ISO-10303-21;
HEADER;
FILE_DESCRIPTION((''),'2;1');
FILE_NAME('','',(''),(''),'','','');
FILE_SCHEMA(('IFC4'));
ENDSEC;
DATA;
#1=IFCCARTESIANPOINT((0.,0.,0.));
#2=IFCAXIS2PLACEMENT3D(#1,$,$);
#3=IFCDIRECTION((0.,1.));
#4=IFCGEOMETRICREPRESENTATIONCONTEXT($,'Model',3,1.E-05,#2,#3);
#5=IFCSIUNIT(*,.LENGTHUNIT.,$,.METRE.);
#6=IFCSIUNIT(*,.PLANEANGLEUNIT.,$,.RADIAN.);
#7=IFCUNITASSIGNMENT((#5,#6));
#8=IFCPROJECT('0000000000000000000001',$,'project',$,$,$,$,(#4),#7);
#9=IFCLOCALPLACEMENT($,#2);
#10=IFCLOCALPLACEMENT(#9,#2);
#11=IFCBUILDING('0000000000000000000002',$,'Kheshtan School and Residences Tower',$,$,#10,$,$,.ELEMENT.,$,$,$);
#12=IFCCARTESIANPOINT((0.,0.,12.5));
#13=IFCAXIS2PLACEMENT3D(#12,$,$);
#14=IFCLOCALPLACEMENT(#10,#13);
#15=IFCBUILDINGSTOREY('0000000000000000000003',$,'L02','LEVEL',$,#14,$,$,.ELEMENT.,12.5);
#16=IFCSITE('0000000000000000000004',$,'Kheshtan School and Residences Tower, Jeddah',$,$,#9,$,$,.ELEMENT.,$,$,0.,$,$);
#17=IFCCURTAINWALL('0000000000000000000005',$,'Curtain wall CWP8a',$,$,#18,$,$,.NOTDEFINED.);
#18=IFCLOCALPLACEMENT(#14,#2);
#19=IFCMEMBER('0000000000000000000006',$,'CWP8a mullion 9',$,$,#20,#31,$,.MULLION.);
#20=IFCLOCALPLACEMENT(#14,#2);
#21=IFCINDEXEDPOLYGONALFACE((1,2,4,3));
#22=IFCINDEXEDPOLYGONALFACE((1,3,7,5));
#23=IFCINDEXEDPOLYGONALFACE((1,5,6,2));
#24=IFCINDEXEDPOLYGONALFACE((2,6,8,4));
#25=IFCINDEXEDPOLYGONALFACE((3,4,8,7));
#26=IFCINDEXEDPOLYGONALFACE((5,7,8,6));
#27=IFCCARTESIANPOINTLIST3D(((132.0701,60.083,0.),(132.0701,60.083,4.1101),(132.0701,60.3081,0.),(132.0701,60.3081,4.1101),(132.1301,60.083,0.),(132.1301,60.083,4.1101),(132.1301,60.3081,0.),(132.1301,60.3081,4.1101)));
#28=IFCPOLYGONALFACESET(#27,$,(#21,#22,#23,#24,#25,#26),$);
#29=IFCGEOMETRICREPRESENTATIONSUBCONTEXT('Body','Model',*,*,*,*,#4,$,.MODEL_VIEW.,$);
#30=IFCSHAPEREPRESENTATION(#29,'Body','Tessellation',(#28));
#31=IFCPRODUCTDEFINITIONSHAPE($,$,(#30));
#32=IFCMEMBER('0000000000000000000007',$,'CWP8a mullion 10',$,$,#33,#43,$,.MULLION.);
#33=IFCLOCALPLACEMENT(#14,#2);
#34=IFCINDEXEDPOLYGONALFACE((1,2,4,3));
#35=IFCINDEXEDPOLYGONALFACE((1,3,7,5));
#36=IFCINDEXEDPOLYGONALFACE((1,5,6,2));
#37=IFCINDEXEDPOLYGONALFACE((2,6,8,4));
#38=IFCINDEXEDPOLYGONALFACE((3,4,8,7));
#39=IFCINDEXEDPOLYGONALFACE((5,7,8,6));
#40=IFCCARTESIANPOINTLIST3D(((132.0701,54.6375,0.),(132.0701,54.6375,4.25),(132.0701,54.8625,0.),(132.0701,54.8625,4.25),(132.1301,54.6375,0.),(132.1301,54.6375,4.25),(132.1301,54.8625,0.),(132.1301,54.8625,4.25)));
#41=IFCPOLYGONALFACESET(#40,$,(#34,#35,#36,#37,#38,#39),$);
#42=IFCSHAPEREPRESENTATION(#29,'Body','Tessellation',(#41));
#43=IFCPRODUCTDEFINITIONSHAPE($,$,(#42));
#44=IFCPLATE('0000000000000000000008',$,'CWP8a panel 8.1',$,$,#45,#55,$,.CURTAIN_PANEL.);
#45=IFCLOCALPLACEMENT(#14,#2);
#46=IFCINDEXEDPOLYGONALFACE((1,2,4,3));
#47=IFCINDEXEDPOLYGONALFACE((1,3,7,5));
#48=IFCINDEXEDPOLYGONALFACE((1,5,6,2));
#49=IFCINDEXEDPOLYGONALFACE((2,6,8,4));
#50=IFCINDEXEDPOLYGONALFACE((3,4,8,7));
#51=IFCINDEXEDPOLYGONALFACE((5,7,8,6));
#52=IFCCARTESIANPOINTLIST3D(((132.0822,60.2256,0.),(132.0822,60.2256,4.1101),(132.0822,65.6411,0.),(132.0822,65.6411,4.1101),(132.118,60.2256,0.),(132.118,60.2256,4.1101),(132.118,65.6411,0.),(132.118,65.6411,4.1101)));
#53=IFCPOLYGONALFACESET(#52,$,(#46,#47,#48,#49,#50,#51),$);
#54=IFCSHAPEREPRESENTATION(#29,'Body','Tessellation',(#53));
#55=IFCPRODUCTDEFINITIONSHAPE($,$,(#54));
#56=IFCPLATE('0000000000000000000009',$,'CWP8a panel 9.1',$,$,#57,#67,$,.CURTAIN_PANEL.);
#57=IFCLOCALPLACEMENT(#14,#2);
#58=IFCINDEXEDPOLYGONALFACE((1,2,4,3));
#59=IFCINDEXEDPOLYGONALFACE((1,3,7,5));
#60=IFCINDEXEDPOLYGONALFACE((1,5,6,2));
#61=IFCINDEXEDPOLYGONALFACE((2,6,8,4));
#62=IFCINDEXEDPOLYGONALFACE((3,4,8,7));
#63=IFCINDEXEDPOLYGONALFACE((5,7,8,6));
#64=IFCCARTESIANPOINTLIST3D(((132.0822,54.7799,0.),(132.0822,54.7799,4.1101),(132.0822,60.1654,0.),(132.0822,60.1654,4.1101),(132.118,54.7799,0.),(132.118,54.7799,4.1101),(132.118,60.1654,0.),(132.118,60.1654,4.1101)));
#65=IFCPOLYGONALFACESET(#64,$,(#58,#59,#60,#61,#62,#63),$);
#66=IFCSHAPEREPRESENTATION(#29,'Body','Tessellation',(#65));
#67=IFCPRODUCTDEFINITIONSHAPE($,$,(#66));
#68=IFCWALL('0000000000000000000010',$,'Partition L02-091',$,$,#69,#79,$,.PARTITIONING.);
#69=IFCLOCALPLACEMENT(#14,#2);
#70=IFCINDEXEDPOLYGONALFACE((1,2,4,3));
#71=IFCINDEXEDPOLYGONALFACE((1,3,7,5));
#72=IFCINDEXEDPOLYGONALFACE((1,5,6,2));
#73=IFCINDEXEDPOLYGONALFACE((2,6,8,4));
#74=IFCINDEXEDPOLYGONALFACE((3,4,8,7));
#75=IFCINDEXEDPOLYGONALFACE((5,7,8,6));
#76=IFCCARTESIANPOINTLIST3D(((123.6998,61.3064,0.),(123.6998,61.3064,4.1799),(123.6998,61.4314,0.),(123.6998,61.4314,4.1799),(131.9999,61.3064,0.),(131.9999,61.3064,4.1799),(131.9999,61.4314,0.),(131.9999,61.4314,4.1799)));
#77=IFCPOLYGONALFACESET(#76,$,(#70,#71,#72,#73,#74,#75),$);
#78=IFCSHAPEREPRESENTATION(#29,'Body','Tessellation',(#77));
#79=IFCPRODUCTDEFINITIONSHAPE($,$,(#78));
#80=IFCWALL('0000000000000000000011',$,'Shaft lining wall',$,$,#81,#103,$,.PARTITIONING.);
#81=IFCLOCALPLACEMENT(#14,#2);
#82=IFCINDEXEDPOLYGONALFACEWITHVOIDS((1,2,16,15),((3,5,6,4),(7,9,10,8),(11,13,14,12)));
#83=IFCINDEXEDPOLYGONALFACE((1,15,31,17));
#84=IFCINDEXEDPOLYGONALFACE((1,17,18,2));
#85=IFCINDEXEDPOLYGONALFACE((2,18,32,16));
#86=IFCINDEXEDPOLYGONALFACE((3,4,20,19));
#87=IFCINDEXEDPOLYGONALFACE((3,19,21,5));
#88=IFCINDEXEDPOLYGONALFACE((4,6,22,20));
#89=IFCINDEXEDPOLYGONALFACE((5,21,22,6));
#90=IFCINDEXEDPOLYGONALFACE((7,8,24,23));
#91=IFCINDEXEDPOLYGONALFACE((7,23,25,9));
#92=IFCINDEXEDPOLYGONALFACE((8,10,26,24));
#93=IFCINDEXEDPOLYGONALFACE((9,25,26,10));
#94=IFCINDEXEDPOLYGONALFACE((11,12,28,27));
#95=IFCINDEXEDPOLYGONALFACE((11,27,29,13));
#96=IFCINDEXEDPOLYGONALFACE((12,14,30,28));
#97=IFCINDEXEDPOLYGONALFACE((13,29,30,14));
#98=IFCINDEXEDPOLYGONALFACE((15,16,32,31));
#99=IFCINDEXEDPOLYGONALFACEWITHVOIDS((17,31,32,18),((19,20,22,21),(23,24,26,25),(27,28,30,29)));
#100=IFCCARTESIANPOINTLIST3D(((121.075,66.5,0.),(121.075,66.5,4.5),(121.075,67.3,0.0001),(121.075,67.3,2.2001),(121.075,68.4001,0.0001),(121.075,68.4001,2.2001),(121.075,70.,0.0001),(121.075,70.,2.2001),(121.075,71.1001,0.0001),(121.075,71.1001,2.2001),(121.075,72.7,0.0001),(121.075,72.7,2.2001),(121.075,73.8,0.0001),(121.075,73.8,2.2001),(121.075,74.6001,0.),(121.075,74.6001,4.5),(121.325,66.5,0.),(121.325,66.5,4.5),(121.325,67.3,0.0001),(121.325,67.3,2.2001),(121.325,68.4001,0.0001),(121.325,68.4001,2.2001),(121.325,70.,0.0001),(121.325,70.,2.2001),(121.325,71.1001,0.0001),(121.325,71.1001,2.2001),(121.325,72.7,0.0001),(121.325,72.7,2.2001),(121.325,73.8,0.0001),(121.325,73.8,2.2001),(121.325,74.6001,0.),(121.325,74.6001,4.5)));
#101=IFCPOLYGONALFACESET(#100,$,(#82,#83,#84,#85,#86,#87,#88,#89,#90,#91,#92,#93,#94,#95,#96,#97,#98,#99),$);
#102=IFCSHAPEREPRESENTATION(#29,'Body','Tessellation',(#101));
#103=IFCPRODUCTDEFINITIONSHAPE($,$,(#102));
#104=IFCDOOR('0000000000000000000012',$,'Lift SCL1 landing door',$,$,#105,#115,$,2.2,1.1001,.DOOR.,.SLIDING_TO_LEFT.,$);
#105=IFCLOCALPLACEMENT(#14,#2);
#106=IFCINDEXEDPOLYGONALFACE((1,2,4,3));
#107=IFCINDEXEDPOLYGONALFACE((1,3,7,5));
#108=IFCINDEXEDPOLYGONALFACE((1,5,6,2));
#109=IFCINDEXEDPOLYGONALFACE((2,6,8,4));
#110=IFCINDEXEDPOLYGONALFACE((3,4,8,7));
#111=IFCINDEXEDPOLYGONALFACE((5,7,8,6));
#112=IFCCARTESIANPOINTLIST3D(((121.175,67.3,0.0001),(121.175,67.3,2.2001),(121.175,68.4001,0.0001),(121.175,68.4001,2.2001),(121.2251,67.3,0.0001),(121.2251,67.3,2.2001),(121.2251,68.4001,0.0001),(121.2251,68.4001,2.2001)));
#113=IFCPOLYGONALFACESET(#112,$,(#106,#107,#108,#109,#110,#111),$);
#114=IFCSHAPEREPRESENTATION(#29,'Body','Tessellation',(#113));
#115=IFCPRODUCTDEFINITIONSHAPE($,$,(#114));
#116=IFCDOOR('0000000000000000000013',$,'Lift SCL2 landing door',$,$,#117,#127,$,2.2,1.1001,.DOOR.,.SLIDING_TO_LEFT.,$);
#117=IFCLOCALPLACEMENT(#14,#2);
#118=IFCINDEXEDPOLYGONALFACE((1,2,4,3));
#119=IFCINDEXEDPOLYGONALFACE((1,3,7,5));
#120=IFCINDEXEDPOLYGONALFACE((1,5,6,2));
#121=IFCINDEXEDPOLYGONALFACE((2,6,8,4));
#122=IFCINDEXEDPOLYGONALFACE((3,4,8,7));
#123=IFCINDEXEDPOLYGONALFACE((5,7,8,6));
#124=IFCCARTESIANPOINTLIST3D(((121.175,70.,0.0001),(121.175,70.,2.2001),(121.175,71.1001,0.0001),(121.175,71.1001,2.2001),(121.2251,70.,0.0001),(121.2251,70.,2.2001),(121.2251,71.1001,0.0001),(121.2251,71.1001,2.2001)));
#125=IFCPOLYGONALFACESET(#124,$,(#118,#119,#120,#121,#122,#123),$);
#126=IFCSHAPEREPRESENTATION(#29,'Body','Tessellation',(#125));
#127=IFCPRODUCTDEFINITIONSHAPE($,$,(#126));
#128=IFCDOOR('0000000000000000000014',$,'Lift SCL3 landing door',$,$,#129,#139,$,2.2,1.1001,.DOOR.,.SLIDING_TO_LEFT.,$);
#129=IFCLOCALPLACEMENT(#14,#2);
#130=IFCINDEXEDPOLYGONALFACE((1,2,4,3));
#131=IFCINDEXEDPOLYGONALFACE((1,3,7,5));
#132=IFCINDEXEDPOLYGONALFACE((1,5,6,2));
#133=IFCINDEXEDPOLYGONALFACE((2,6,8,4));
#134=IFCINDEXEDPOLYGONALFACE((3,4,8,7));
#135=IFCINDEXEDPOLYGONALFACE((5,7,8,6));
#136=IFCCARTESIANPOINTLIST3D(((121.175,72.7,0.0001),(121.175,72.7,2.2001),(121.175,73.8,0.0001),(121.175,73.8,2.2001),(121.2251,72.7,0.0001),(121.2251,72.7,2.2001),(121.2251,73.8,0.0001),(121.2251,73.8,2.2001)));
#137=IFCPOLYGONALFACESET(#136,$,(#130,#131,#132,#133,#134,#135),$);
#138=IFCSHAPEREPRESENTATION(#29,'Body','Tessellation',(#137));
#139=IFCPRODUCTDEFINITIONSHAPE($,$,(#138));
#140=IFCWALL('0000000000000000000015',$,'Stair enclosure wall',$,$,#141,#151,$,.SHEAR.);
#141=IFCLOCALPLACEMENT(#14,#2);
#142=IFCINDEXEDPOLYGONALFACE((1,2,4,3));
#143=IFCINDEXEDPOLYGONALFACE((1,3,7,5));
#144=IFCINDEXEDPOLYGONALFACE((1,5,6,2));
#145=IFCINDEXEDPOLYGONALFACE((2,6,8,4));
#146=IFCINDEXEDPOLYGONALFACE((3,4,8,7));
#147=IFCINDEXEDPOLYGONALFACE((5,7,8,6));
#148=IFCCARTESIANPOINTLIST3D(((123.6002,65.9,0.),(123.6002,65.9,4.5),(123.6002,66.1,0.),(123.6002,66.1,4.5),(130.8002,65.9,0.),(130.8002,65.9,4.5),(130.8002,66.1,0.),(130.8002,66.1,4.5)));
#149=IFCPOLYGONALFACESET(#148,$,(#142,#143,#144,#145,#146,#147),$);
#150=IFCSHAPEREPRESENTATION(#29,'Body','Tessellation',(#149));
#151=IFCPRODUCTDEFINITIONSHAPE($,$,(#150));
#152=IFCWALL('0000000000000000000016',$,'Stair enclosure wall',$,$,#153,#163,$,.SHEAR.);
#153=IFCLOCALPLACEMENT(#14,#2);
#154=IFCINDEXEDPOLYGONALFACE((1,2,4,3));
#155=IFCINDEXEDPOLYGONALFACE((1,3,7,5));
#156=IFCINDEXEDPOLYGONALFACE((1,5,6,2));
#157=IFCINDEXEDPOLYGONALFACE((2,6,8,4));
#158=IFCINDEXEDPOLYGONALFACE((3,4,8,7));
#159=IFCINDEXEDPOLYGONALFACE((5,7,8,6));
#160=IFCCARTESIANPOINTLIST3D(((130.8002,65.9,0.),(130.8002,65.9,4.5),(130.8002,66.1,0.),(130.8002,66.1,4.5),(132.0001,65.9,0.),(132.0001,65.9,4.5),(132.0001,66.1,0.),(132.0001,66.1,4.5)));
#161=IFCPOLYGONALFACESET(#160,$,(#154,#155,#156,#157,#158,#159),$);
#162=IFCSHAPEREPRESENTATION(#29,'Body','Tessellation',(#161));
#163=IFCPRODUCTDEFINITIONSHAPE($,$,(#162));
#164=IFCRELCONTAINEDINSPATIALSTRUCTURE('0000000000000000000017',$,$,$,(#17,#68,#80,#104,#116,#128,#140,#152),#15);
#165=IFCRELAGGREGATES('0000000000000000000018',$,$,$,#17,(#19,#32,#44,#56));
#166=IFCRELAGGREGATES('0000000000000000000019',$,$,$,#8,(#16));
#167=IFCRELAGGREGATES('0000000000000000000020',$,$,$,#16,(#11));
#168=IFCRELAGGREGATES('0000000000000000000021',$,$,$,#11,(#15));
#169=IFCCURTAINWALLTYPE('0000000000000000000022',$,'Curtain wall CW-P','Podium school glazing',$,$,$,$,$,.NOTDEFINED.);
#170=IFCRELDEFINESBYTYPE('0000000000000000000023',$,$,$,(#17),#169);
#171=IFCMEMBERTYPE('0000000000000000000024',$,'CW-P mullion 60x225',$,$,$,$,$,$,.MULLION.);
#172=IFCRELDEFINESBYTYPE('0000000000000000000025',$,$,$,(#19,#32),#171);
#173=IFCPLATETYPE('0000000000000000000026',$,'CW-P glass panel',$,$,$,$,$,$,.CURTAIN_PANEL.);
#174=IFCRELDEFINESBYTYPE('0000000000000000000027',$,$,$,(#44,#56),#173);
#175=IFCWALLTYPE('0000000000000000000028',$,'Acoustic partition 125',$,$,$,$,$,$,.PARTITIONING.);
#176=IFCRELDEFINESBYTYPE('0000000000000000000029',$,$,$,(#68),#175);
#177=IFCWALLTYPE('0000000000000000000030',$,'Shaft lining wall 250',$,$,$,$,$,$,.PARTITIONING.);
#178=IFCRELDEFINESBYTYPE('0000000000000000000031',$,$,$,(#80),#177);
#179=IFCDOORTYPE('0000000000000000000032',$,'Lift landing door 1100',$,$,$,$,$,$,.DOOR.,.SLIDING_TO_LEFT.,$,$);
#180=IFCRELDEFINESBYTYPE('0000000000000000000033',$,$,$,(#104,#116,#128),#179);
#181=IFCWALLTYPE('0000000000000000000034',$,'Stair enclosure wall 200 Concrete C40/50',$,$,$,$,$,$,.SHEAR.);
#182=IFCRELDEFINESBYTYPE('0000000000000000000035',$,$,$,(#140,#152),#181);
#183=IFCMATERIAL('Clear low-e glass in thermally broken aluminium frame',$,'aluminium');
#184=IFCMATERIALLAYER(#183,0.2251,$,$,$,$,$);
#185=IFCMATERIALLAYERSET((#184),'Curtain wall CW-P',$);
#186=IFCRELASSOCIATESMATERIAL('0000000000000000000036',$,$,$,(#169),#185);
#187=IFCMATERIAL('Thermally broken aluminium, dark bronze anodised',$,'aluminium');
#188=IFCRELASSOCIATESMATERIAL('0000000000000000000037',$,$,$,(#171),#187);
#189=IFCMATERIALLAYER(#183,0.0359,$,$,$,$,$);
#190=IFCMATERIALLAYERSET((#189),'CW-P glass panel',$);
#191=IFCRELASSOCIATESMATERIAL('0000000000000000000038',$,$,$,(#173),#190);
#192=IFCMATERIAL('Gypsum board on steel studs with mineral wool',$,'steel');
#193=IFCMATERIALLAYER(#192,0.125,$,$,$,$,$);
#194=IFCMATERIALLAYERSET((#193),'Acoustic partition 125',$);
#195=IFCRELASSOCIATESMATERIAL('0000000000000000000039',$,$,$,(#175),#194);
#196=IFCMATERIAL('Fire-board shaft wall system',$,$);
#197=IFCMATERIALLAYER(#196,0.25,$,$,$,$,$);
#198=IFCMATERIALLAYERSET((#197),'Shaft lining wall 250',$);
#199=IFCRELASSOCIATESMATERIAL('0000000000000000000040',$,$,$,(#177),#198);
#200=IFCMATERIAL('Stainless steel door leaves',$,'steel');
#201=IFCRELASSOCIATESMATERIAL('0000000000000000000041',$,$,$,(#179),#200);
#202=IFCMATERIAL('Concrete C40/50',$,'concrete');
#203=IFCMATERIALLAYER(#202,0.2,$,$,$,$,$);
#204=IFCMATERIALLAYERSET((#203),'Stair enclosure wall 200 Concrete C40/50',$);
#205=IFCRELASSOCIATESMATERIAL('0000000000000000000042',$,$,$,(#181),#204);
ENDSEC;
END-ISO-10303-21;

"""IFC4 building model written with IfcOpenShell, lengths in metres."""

from ifc_helpers import new_model, si_unit, direction, frame, frame_2d, origin, origin_2d, place, context, subcontext, project, spatial, rectangle, extrude, source, transform, mapped, material, layer, layer_set, material_profile, profile_set, type_object, element, fill, aggregate, save


model = new_model("IFC4")

# Units and contexts
model_context = context("Model", 3, precision=1e-05, world=origin(), true_north=direction((0.0, 1.0)))
body_context = subcontext(model_context, "Body", "Model", "MODEL_VIEW")
ifc_project = project(units=[si_unit("LENGTHUNIT", "METRE"), si_unit("PLANEANGLEUNIT", "RADIAN")], contexts=[model_context])

# Site, building, storey
site_placement = place(None, origin())
site = spatial("IfcSite", under=ifc_project, at=site_placement, Name="Kheshtan School and Residences Tower, Jeddah", CompositionType="ELEMENT", RefElevation=0.0)
building_placement = place(site_placement, origin())
building = spatial("IfcBuilding", under=site, at=building_placement, Name="Kheshtan School and Residences Tower", CompositionType="ELEMENT")
storey_placement = place(building_placement, frame((0.0, 0.0, 12.5)))
storey = spatial("IfcBuildingStorey", under=building, at=storey_placement, Name="L02", Description="LEVEL", CompositionType="ELEMENT", Elevation=12.5)

# Curtain wall, members, plates
ifc_material_1 = material(Name="Clear low-e glass in thermally broken aluminium frame", Category="aluminium")
ifc_layer_1 = layer(ifc_material_1, 0.2251)
ifc_layer_set_1 = layer_set([ifc_layer_1], Name="Curtain wall CW-P")
curtain_wall_type = type_object("IfcCurtainWallType", Name="Curtain wall CW-P", Description="Podium school glazing", PredefinedType="NOTDEFINED", material=ifc_layer_set_1)
curtain_wall_placement = place(storey_placement, origin())
curtain_wall = element("IfcCurtainWall", 1, at=curtain_wall_placement, inside=storey, type_object=curtain_wall_type, Name="Curtain wall CWP8a", PredefinedType="NOTDEFINED")
ifc_material_2 = material(Name="Thermally broken aluminium, dark bronze anodised", Category="aluminium")
ifc_material_profile_1 = material_profile(ifc_material_2, rectangle(XDim=0.0601, YDim=0.2251, at=origin_2d()), Name="CW-P mullion 60x225")
ifc_profile_set_1 = profile_set([ifc_material_profile_1], Name="Thermally broken aluminium, dark bronze anodised")
member_type = type_object("IfcMemberType", Name="CW-P mullion 60x225", PredefinedType="MULLION", material=ifc_profile_set_1)
member_1_placement = place(storey_placement, frame((132.1001, 60.1956, 0.0), z_axis=(0.0, 0.0, 1.0), x_axis=(1.0, 0.0, 0.0)))
member_1 = element("IfcMember", 2, at=member_1_placement, type_object=member_type, Name="CWP8a mullion 9", PredefinedType="MULLION", context=body_context, shape_type="SweptSolid", body=[
    extrude(rectangle(XDim=0.0601, YDim=0.2251, at=origin_2d()), origin(), (0.0, 0.0, 1.0), 4.1101),
])
member_2_placement = place(storey_placement, frame((132.1001, 54.75, 0.0), z_axis=(0.0, 0.0, 1.0), x_axis=(1.0, 0.0, 0.0)))
member_2 = element("IfcMember", 3, at=member_2_placement, type_object=member_type, Name="CWP8a mullion 10", PredefinedType="MULLION", context=body_context, shape_type="SweptSolid", body=[
    extrude(rectangle(XDim=0.0601, YDim=0.2251, at=origin_2d()), origin(), (0.0, 0.0, 1.0), 4.25),
])
ifc_layer_2 = layer(ifc_material_1, 0.0359)
ifc_layer_set_2 = layer_set([ifc_layer_2], Name="CW-P glass panel")
plate_type = type_object("IfcPlateType", Name="CW-P glass panel", PredefinedType="CURTAIN_PANEL", material=ifc_layer_set_2)
plate_1_placement = place(storey_placement, frame((132.1001, 62.9333, 0.0), z_axis=(0.0, 0.0, 1.0), x_axis=(0.0, -1.0, 0.0)))
plate_1 = element("IfcPlate", 4, at=plate_1_placement, type_object=plate_type, Name="CWP8a panel 8.1", PredefinedType="CURTAIN_PANEL", context=body_context, shape_type="SweptSolid", body=[
    extrude(rectangle(XDim=5.4155, YDim=0.0359, at=origin_2d()), origin(), (0.0, 0.0, 1.0), 4.1101),
])
plate_2_placement = place(storey_placement, frame((132.1001, 57.4727, 0.0), z_axis=(0.0, 0.0, 1.0), x_axis=(0.0, -1.0, 0.0)))
plate_2 = element("IfcPlate", 5, at=plate_2_placement, type_object=plate_type, Name="CWP8a panel 9.1", PredefinedType="CURTAIN_PANEL", context=body_context, shape_type="SweptSolid", body=[
    extrude(rectangle(XDim=5.3855, YDim=0.0359, at=origin_2d()), origin(), (0.0, 0.0, 1.0), 4.1101),
])
aggregate(curtain_wall, [member_1, member_2, plate_1, plate_2])

# Wall
ifc_material_3 = material(Name="Gypsum board on steel studs with mineral wool", Category="steel")
ifc_layer_3 = layer(ifc_material_3, 0.125)
ifc_layer_set_3 = layer_set([ifc_layer_3], Name="Acoustic partition 125")
wall_type_1 = type_object("IfcWallType", Name="Acoustic partition 125", PredefinedType="PARTITIONING", material=ifc_layer_set_3)
wall_1_placement = place(storey_placement, frame((123.7, 61.3689, 0.0), z_axis=(0.0, 0.0, 1.0), x_axis=(1.0, 0.0, 0.0)))
element("IfcWall", 6, at=wall_1_placement, inside=storey, type_object=wall_type_1, Name="Partition L02-091", PredefinedType="PARTITIONING", context=body_context, shape_type="SweptSolid", body=[
    extrude(rectangle(XDim=8.3, YDim=0.125, at=frame_2d((4.1499, 0.0))), origin(), (0.0, 0.0, 1.0), 4.1799),
])

# Wall, openings, doors
ifc_material_4 = material(Name="Fire-board shaft wall system")
ifc_layer_4 = layer(ifc_material_4, 0.25)
ifc_layer_set_4 = layer_set([ifc_layer_4], Name="Shaft lining wall 250")
wall_type_2 = type_object("IfcWallType", Name="Shaft lining wall 250", PredefinedType="PARTITIONING", material=ifc_layer_set_4)
wall_2_placement = place(storey_placement, frame((121.2, 66.5, 0.0), z_axis=(0.0, 0.0, 1.0), x_axis=(0.0, 1.0, 0.0)))
wall_2 = element("IfcWall", 7, at=wall_2_placement, inside=storey, type_object=wall_type_2, Name="Shaft lining wall", PredefinedType="PARTITIONING", context=body_context, shape_type="SweptSolid", body=[
    extrude(rectangle(XDim=8.1001, YDim=0.25, at=frame_2d((4.05, 0.0))), origin(), (0.0, 0.0, 1.0), 4.5),
])
opening_1_placement = place(wall_2_placement, frame((0.8, 0.0, 0.0)))
opening_1 = element("IfcOpeningElement", 8, at=opening_1_placement, cuts=wall_2, PredefinedType="OPENING", context=body_context, shape_type="SweptSolid", body=[
    extrude(rectangle(XDim=1.1001, YDim=2.2, at=frame_2d((0.55, 1.1001))), frame((0.0, 0.135, 0.0), z_axis=(0.0, -1.0, 0.0), x_axis=(1.0, 0.0, 0.0)), (0.0, 0.0, 1.0), 0.27),
])
opening_2_placement = place(wall_2_placement, frame((3.5, 0.0, 0.0)))
opening_2 = element("IfcOpeningElement", 9, at=opening_2_placement, cuts=wall_2, PredefinedType="OPENING", context=body_context, shape_type="SweptSolid", body=[
    extrude(rectangle(XDim=1.1001, YDim=2.2, at=frame_2d((0.55, 1.1001))), frame((0.0, 0.135, 0.0), z_axis=(0.0, -1.0, 0.0), x_axis=(1.0, 0.0, 0.0)), (0.0, 0.0, 1.0), 0.27),
])
opening_3_placement = place(wall_2_placement, frame((6.2, 0.0, 0.0)))
opening_3 = element("IfcOpeningElement", 10, at=opening_3_placement, cuts=wall_2, PredefinedType="OPENING", context=body_context, shape_type="SweptSolid", body=[
    extrude(rectangle(XDim=1.1001, YDim=2.2, at=frame_2d((0.55, 1.1001))), frame((0.0, 0.135, 0.0), z_axis=(0.0, -1.0, 0.0), x_axis=(1.0, 0.0, 0.0)), (0.0, 0.0, 1.0), 0.27),
])
ifc_material_5 = material(Name="Stainless steel door leaves", Category="steel")
door_type_1 = type_object("IfcDoorType", Name="Lift landing door 1100", OperationType="SLIDING_TO_LEFT", PredefinedType="DOOR", material=ifc_material_5)
shared_shape_1 = source(origin(), body_context, "Body", "SweptSolid", [
    extrude(rectangle(XDim=1.1001, YDim=2.2, at=frame_2d((0.55, 1.1001))), frame((0.0, 0.0249, 0.0), z_axis=(0.0, -1.0, 0.0), x_axis=(1.0, 0.0, 0.0)), (0.0, 0.0, 1.0), 0.05),
])
door_1_placement = place(opening_1_placement, origin())
door_1 = element("IfcDoor", 11, at=door_1_placement, inside=storey, type_object=door_type_1, Name="Lift SCL1 landing door", OperationType="SLIDING_TO_LEFT", OverallHeight=2.2, OverallWidth=1.1001, PredefinedType="DOOR", context=body_context, shape_type="MappedRepresentation", body=[
    mapped(shared_shape_1, transform((0.0, 0.0, 0.0), x_axis=(1.0, 0.0, 0.0), y_axis=(0.0, 1.0, 0.0), z_axis=(0.0, 0.0, 1.0), scale=1.0)),
])
fill(opening_1, door_1)
door_2_placement = place(opening_2_placement, origin())
door_2 = element("IfcDoor", 12, at=door_2_placement, inside=storey, type_object=door_type_1, Name="Lift SCL2 landing door", OperationType="SLIDING_TO_LEFT", OverallHeight=2.2, OverallWidth=1.1001, PredefinedType="DOOR", context=body_context, shape_type="MappedRepresentation", body=[
    mapped(shared_shape_1, transform((0.0, 0.0, 0.0), x_axis=(1.0, 0.0, 0.0), y_axis=(0.0, 1.0, 0.0), z_axis=(0.0, 0.0, 1.0), scale=1.0)),
])
fill(opening_2, door_2)
door_3_placement = place(opening_3_placement, origin())
door_3 = element("IfcDoor", 13, at=door_3_placement, inside=storey, type_object=door_type_1, Name="Lift SCL3 landing door", OperationType="SLIDING_TO_LEFT", OverallHeight=2.2, OverallWidth=1.1001, PredefinedType="DOOR", context=body_context, shape_type="MappedRepresentation", body=[
    mapped(shared_shape_1, transform((0.0, 0.0, 0.0), x_axis=(1.0, 0.0, 0.0), y_axis=(0.0, 1.0, 0.0), z_axis=(0.0, 0.0, 1.0), scale=1.0)),
])
fill(opening_3, door_3)

# Walls
ifc_material_6 = material(Name="Concrete C40/50", Category="concrete")
ifc_layer_5 = layer(ifc_material_6, 0.2)
ifc_layer_set_5 = layer_set([ifc_layer_5], Name="Stair enclosure wall 200 Concrete C40/50")
wall_type_3 = type_object("IfcWallType", Name="Stair enclosure wall 200 Concrete C40/50", PredefinedType="SHEAR", material=ifc_layer_set_5)
wall_3_placement = place(storey_placement, frame((123.6001, 66.0, 0.0), z_axis=(0.0, 0.0, 1.0), x_axis=(1.0, 0.0, 0.0)))
element("IfcWall", 14, at=wall_3_placement, inside=storey, type_object=wall_type_3, Name="Stair enclosure wall", PredefinedType="SHEAR", context=body_context, shape_type="SweptSolid", body=[
    extrude(rectangle(XDim=7.2, YDim=0.2, at=frame_2d((3.6001, 0.0))), origin(), (0.0, 0.0, 1.0), 4.5),
])
wall_4_placement = place(storey_placement, frame((130.8, 66.0, 0.0), z_axis=(0.0, 0.0, 1.0), x_axis=(1.0, 0.0, 0.0)))
element("IfcWall", 15, at=wall_4_placement, inside=storey, type_object=wall_type_3, Name="Stair enclosure wall", PredefinedType="SHEAR", context=body_context, shape_type="SweptSolid", body=[
    extrude(rectangle(XDim=1.2, YDim=0.2, at=frame_2d((0.6001, 0.0))), origin(), (0.0, 0.0, 1.0), 4.5),
])

save(model, "model.ifc")
